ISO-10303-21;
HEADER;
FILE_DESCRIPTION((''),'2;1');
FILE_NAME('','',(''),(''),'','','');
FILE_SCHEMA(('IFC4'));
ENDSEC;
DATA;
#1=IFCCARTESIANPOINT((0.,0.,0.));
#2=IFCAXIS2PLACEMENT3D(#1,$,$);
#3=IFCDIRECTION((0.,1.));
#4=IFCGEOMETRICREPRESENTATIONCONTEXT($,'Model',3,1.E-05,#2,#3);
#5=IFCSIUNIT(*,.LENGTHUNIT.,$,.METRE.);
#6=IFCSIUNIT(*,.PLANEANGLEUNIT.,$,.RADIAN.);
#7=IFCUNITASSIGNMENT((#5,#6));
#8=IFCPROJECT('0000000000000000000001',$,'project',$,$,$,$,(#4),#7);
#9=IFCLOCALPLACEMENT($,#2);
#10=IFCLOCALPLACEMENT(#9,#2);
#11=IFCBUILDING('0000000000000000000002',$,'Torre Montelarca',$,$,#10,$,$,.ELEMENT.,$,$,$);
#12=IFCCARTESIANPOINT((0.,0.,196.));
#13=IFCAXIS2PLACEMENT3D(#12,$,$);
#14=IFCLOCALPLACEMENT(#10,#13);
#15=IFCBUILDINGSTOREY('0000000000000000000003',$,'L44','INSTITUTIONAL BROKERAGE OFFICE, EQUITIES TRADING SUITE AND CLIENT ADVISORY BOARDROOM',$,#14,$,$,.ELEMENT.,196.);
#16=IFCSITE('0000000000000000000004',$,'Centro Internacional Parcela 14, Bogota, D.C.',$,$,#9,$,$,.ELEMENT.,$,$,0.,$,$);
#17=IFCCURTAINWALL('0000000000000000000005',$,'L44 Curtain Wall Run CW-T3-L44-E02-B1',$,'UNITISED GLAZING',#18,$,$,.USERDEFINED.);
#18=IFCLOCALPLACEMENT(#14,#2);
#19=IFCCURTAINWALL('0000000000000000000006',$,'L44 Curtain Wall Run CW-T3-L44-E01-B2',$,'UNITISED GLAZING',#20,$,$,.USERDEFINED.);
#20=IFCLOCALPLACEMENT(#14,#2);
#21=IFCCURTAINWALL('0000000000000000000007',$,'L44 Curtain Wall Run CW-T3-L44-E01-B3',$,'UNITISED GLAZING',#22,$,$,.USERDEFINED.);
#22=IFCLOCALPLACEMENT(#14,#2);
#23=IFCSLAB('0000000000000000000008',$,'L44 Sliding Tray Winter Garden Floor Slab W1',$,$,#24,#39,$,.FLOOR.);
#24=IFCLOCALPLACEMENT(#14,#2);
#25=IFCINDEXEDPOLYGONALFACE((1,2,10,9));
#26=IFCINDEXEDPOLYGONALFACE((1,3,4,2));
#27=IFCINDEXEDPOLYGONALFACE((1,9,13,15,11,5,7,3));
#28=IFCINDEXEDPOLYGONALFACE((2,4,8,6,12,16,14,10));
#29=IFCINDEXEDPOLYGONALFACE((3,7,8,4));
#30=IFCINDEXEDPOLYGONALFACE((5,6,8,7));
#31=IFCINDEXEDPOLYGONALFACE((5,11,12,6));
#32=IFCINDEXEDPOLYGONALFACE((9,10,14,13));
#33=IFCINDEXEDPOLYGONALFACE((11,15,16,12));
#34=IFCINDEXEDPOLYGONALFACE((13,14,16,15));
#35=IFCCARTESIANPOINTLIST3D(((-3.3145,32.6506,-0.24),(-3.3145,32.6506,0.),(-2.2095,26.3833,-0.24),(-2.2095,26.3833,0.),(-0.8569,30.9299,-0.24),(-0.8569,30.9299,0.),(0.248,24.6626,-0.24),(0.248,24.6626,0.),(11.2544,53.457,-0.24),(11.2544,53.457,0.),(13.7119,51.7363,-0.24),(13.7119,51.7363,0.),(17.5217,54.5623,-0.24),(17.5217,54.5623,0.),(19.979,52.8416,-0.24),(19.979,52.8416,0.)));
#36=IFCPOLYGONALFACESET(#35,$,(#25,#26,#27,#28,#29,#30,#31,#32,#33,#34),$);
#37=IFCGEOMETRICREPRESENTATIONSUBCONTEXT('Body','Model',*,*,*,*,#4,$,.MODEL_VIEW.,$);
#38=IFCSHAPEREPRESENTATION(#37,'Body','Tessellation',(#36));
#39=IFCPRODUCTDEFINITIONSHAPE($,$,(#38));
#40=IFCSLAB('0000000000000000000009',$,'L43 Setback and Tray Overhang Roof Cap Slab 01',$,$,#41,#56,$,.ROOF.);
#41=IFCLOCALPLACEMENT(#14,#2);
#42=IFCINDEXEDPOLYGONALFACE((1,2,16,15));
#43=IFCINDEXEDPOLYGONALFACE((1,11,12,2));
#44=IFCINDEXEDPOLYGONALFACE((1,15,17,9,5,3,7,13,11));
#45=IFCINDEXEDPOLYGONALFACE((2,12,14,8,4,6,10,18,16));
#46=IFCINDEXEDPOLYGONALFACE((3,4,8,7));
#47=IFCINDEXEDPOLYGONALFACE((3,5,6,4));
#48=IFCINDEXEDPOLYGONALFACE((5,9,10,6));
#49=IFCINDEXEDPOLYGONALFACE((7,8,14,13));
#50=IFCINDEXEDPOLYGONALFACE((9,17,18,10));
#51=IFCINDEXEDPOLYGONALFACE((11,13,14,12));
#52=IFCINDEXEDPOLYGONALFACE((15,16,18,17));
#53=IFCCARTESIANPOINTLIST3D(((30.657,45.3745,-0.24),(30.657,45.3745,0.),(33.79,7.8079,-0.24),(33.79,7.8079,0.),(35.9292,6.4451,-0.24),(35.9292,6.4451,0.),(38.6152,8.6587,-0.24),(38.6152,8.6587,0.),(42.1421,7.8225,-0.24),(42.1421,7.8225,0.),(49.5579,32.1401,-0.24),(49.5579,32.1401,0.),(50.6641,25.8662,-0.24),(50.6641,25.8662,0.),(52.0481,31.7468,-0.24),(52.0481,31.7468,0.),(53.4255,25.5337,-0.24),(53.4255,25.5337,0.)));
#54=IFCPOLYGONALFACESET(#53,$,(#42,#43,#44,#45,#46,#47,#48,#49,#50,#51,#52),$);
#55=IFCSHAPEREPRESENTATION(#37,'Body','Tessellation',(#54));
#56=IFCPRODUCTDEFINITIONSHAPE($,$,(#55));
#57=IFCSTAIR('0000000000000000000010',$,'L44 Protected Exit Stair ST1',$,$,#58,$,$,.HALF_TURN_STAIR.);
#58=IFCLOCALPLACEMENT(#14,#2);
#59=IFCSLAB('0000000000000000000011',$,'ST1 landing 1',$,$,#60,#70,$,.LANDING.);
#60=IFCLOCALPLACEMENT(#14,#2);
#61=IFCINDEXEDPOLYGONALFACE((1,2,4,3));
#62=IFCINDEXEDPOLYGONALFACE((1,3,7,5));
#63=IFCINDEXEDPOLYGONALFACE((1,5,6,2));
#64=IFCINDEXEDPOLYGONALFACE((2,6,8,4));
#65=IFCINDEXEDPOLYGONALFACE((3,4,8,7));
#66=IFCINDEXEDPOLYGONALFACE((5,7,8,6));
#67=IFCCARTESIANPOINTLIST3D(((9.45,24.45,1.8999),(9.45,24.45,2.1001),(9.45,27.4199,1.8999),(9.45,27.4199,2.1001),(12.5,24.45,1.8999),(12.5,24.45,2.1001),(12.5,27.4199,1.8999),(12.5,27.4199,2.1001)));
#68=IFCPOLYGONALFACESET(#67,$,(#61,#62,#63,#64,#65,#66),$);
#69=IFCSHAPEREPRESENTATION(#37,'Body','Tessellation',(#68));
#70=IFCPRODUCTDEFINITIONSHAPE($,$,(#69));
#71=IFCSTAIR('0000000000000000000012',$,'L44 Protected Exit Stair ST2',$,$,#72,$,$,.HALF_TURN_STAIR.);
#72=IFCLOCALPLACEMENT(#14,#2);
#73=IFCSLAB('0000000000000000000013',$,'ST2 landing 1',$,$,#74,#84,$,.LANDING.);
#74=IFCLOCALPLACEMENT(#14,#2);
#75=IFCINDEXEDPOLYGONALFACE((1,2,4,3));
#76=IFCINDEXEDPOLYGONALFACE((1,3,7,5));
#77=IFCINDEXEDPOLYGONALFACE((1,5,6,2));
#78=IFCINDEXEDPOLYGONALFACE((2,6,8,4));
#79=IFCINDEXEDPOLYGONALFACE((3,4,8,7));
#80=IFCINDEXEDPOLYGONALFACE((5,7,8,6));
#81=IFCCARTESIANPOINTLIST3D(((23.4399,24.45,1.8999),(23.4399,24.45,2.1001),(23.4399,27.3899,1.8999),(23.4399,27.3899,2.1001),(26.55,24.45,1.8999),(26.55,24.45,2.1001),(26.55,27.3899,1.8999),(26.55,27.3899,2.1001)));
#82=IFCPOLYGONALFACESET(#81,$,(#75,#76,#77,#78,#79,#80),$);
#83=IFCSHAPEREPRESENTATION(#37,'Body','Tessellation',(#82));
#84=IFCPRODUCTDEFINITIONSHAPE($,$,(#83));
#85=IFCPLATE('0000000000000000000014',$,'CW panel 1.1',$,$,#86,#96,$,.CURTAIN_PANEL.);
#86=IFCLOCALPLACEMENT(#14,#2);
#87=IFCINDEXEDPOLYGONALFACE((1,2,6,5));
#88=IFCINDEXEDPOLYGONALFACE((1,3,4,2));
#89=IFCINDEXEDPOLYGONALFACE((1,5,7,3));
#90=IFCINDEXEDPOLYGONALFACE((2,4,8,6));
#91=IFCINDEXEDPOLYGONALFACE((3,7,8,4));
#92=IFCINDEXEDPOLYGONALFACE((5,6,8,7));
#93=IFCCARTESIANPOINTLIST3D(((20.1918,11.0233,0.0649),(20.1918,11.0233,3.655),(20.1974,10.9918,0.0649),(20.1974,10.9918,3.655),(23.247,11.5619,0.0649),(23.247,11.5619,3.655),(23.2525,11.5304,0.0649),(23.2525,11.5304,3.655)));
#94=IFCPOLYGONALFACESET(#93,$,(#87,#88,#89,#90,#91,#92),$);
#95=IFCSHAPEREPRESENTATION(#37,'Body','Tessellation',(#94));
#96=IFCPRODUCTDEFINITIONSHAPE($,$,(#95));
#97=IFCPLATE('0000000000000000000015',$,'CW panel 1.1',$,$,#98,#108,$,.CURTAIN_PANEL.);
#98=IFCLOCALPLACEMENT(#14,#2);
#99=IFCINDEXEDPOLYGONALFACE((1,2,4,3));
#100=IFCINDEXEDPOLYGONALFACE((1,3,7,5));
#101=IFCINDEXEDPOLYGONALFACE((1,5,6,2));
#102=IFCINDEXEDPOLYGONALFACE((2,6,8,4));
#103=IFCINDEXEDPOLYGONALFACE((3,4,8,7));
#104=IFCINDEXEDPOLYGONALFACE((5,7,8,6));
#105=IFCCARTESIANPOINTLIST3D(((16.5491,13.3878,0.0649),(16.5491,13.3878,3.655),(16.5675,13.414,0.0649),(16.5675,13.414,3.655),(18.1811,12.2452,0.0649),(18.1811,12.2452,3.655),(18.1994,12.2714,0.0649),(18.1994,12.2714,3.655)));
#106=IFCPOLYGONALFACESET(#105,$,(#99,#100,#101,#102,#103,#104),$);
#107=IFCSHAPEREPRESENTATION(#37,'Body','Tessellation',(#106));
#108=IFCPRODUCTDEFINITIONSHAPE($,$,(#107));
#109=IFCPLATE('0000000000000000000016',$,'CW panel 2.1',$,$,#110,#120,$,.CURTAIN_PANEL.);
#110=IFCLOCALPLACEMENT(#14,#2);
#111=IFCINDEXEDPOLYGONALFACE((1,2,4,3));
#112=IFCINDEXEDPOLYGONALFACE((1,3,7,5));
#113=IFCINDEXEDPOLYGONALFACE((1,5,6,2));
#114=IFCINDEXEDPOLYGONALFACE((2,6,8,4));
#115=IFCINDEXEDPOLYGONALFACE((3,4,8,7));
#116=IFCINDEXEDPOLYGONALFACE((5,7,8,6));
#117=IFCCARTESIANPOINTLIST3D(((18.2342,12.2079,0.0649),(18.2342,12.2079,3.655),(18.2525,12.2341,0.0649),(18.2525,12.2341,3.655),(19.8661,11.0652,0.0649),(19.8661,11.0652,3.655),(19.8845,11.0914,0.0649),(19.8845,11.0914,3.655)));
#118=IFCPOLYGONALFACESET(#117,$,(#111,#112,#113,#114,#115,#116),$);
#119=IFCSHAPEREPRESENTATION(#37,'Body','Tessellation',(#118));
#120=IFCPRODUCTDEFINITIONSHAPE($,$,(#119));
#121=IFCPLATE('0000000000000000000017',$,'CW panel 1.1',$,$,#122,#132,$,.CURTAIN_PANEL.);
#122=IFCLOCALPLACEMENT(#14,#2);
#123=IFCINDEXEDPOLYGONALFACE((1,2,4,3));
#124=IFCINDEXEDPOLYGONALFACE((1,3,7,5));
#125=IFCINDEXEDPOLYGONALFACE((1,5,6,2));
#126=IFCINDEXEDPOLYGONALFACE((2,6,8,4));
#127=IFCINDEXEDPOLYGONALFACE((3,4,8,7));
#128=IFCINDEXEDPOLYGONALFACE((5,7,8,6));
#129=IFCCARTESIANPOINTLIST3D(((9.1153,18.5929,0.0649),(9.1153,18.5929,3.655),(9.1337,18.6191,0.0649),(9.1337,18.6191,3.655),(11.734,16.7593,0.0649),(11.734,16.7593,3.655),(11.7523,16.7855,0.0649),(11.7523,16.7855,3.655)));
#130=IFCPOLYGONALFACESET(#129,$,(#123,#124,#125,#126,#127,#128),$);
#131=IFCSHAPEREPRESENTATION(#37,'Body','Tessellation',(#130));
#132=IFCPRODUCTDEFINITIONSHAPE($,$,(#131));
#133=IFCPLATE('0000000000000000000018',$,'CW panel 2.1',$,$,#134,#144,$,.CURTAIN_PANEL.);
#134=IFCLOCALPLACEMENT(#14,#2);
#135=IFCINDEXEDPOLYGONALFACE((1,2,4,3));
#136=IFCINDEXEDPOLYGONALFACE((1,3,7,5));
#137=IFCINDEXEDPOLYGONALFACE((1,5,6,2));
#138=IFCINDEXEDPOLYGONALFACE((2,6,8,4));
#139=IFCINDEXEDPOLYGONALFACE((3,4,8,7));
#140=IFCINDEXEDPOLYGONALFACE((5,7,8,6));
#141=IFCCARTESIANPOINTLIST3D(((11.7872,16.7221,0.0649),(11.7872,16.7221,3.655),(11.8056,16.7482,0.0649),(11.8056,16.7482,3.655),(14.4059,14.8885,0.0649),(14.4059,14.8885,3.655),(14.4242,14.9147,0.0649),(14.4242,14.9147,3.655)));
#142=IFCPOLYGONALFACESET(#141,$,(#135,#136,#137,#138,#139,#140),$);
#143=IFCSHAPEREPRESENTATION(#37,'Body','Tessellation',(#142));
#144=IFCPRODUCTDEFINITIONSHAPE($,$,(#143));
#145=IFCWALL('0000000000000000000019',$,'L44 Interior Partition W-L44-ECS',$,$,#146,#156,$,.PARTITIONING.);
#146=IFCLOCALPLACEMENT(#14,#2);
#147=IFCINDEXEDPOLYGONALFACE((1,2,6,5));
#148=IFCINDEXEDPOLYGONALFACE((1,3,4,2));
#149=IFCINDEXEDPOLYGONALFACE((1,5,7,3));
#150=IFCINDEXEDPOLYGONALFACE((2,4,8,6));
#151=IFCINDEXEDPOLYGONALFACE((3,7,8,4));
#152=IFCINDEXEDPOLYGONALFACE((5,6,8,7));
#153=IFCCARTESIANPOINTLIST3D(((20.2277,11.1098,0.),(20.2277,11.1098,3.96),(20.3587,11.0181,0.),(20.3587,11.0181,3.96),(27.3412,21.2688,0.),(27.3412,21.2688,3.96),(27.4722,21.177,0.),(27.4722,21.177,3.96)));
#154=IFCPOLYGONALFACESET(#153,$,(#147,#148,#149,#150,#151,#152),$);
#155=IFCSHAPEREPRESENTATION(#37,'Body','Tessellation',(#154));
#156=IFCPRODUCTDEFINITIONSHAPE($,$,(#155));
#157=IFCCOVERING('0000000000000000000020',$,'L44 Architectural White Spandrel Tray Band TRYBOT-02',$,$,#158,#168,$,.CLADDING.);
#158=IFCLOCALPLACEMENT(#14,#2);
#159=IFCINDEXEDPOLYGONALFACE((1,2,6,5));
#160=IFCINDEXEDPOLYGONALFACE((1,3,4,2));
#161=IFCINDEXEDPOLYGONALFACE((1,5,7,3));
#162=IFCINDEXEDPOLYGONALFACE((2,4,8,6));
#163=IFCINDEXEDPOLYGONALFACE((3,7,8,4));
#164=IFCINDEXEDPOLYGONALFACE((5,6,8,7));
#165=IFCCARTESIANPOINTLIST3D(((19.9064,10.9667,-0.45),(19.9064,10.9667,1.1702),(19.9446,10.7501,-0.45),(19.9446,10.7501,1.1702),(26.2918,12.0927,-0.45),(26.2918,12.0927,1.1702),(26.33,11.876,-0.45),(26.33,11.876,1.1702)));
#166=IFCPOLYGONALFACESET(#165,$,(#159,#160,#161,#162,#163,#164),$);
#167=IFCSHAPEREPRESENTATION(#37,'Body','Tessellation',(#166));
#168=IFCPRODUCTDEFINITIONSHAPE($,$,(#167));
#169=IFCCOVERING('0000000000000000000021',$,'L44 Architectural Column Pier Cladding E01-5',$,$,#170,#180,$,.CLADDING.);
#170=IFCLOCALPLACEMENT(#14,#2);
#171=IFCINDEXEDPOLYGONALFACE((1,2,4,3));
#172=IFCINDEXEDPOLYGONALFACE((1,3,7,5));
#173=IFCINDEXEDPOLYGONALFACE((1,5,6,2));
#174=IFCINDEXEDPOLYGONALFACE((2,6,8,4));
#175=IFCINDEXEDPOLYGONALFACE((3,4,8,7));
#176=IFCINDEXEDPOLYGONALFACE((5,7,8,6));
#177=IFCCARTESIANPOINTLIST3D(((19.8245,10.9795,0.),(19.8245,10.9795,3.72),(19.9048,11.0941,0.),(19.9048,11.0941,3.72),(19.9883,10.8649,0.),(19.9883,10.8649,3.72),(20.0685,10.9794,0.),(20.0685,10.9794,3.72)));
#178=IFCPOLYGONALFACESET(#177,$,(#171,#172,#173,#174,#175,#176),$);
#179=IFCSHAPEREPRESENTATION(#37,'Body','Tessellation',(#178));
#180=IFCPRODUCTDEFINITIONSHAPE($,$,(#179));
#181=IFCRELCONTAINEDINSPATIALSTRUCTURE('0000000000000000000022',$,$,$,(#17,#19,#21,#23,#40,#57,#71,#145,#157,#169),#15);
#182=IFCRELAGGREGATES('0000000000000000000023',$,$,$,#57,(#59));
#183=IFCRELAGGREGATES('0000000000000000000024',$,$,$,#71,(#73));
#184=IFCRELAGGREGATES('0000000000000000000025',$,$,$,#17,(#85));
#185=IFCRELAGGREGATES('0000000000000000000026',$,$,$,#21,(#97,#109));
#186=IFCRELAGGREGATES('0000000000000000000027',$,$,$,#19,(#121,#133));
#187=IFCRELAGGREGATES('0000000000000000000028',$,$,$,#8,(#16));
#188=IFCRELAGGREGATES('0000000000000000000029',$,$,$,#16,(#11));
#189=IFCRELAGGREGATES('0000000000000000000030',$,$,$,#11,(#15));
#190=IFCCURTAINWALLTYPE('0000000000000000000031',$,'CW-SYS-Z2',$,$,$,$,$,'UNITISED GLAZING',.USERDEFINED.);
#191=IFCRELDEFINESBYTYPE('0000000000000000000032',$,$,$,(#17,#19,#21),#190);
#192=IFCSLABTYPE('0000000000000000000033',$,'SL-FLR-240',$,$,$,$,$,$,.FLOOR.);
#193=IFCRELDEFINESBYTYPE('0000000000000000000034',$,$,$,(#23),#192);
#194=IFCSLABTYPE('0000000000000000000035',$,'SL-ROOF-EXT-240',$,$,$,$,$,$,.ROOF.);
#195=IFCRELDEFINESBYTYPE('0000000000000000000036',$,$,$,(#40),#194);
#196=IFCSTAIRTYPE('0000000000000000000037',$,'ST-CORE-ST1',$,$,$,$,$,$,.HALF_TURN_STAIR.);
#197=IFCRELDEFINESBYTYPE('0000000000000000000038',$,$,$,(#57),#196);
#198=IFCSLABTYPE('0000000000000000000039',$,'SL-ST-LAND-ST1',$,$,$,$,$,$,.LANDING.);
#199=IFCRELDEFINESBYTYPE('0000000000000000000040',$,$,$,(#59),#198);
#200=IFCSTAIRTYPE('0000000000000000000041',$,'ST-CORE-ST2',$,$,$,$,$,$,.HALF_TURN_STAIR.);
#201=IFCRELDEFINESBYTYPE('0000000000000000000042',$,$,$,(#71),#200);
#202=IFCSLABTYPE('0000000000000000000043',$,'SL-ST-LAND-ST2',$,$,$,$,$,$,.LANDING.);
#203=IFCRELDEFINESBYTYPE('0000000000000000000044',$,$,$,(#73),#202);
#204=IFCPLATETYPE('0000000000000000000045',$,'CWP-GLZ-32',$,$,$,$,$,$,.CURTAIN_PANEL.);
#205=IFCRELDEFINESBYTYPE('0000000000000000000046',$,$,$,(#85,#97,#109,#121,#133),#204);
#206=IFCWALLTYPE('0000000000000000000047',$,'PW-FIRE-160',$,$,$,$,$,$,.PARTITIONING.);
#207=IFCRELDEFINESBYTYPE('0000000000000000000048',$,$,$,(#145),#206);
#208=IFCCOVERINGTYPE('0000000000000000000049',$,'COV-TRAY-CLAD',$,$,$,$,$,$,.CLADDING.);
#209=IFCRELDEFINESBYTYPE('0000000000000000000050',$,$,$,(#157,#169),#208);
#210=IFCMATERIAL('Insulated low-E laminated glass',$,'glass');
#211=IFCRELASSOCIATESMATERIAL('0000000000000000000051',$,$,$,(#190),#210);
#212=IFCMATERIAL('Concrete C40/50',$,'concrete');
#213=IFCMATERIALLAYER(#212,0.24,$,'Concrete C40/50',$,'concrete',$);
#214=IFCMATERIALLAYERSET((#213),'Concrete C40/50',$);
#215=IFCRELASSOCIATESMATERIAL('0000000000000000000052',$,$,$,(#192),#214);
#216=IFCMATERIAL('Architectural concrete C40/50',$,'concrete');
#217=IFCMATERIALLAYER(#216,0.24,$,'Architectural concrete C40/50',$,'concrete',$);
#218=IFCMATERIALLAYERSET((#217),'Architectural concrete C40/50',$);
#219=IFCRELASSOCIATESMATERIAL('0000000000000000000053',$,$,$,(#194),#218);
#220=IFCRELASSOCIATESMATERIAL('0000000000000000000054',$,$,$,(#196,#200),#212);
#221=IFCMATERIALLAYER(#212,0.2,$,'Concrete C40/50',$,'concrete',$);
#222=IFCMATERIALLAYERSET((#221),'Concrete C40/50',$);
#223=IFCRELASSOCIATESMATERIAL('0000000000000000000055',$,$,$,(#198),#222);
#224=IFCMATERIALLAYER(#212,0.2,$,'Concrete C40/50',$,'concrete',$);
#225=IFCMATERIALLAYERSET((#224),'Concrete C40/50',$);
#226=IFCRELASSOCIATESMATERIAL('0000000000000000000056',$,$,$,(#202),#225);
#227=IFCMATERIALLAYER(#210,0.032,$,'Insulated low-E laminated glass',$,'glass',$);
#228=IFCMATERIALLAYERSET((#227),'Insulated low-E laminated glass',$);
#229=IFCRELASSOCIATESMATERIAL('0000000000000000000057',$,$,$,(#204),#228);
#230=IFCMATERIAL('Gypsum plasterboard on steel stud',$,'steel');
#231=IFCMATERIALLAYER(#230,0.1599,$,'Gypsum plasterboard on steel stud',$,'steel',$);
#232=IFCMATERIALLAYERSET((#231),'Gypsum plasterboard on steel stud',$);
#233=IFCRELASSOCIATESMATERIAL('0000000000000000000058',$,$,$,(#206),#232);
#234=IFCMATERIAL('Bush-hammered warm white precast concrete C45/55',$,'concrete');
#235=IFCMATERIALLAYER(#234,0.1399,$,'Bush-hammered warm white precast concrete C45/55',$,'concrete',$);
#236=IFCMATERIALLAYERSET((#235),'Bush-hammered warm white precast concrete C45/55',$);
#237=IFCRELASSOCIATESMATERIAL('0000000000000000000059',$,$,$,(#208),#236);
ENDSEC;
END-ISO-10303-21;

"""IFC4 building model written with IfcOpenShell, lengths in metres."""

from ifc_helpers import new_model, si_unit, direction, frame, frame_2d, origin, origin_2d, place, context, subcontext, project, spatial, polyline, rectangle, outline, extrude, source, transform, mapped, material, layer, layer_set, type_object, element, aggregate, save


model = new_model("IFC4")

# Units and contexts
model_context = context("Model", 3, precision=1e-05, world=origin(), true_north=direction((0.0, 1.0)))
body_context = subcontext(model_context, "Body", "Model", "MODEL_VIEW")
ifc_project = project(units=[si_unit("LENGTHUNIT", "METRE"), si_unit("PLANEANGLEUNIT", "RADIAN")], contexts=[model_context])

# Site, building, storey
site_placement = place(None, origin())
site = spatial("IfcSite", under=ifc_project, at=site_placement, Name="Centro Internacional Parcela 14, Bogota, D.C.", CompositionType="ELEMENT", RefElevation=0.0)
building_placement = place(site_placement, origin())
building = spatial("IfcBuilding", under=site, at=building_placement, Name="Torre Montelarca", CompositionType="ELEMENT")
storey_placement = place(building_placement, frame((0.0, 0.0, 196.0)))
storey = spatial("IfcBuildingStorey", under=building, at=storey_placement, Name="L44", Description="INSTITUTIONAL BROKERAGE OFFICE, EQUITIES TRADING SUITE AND CLIENT ADVISORY BOARDROOM", CompositionType="ELEMENT", Elevation=196.0)

# Curtain walls
ifc_material_1 = material(Name="Insulated low-E laminated glass", Category="glass")
curtain_wall_type = type_object("IfcCurtainWallType", Name="CW-SYS-Z2", ElementType="UNITISED GLAZING", PredefinedType="USERDEFINED", material=ifc_material_1)
curtain_wall_1_placement = place(storey_placement, origin())
curtain_wall_1 = element("IfcCurtainWall", 1, at=curtain_wall_1_placement, inside=storey, type_object=curtain_wall_type, Name="L44 Curtain Wall Run CW-T3-L44-E02-B1", ObjectType="UNITISED GLAZING", PredefinedType="USERDEFINED")
curtain_wall_2_placement = place(storey_placement, origin())
curtain_wall_2 = element("IfcCurtainWall", 2, at=curtain_wall_2_placement, inside=storey, type_object=curtain_wall_type, Name="L44 Curtain Wall Run CW-T3-L44-E01-B2", ObjectType="UNITISED GLAZING", PredefinedType="USERDEFINED")
curtain_wall_3_placement = place(storey_placement, origin())
curtain_wall_3 = element("IfcCurtainWall", 3, at=curtain_wall_3_placement, inside=storey, type_object=curtain_wall_type, Name="L44 Curtain Wall Run CW-T3-L44-E01-B3", ObjectType="UNITISED GLAZING", PredefinedType="USERDEFINED")

# Slabs
ifc_material_2 = material(Name="Concrete C40/50", Category="concrete")
ifc_layer_1 = layer(ifc_material_2, 0.24, Name="Concrete C40/50", Category="concrete")
ifc_layer_set_1 = layer_set([ifc_layer_1], Name="Concrete C40/50")
slab_type_1 = type_object("IfcSlabType", Name="SL-FLR-240", PredefinedType="FLOOR", material=ifc_layer_set_1)
slab_1_placement = place(storey_placement, frame((0.0, 0.0, -0.24)))
element("IfcSlab", 4, at=slab_1_placement, inside=storey, type_object=slab_type_1, Name="L44 Sliding Tray Winter Garden Floor Slab W1", PredefinedType="FLOOR", context=body_context, shape_type="SweptSolid", body=[
    extrude(outline(polyline([(0.248, 24.6626), (-0.8569, 30.9299), (13.7119, 51.7363), (19.979, 52.8416), (17.5217, 54.5623), (11.2544, 53.457), (-3.3145, 32.6506), (-2.2095, 26.3833), (0.248, 24.6626)])), origin(), (0.0, 0.0, 1.0), 0.24),
])
ifc_material_3 = material(Name="Architectural concrete C40/50", Category="concrete")
ifc_layer_2 = layer(ifc_material_3, 0.24, Name="Architectural concrete C40/50", Category="concrete")
ifc_layer_set_2 = layer_set([ifc_layer_2], Name="Architectural concrete C40/50")
slab_type_2 = type_object("IfcSlabType", Name="SL-ROOF-EXT-240", PredefinedType="ROOF", material=ifc_layer_set_2)
slab_2_placement = place(storey_placement, frame((0.0, 0.0, -0.24)))
element("IfcSlab", 5, at=slab_2_placement, inside=storey, type_object=slab_type_2, Name="L43 Setback and Tray Overhang Roof Cap Slab 01", PredefinedType="ROOF", context=body_context, shape_type="SweptSolid", body=[
    extrude(outline(polyline([(49.5579, 32.1401), (50.6641, 25.8662), (38.6152, 8.6587), (33.79, 7.8079), (35.9292, 6.4451), (42.1421, 7.8225), (53.4255, 25.5337), (52.0481, 31.7468), (30.657, 45.3745), (49.5579, 32.1401)])), origin(), (0.0, 0.0, 1.0), 0.24),
])

# Stairs, slabs
stair_type_1 = type_object("IfcStairType", Name="ST-CORE-ST1", PredefinedType="HALF_TURN_STAIR", material=ifc_material_2)
stair_1_placement = place(storey_placement, origin())
stair_1 = element("IfcStair", 6, at=stair_1_placement, inside=storey, type_object=stair_type_1, Name="L44 Protected Exit Stair ST1", PredefinedType="HALF_TURN_STAIR")
ifc_layer_3 = layer(ifc_material_2, 0.2, Name="Concrete C40/50", Category="concrete")
ifc_layer_set_3 = layer_set([ifc_layer_3], Name="Concrete C40/50")
slab_type_3 = type_object("IfcSlabType", Name="SL-ST-LAND-ST1", PredefinedType="LANDING", material=ifc_layer_set_3)
slab_3_placement = place(storey_placement, frame((0.0, 0.0, 1.8999)))
slab_3 = element("IfcSlab", 7, at=slab_3_placement, type_object=slab_type_3, Name="ST1 landing 1", PredefinedType="LANDING", context=body_context, shape_type="SweptSolid", body=[
    extrude(outline(polyline([(9.45, 27.4199), (9.45, 24.45), (12.5, 24.45), (12.5, 27.4199), (9.45, 27.4199)])), origin(), (0.0, 0.0, 1.0), 0.2002),
])
aggregate(stair_1, [slab_3])
stair_type_2 = type_object("IfcStairType", Name="ST-CORE-ST2", PredefinedType="HALF_TURN_STAIR", material=ifc_material_2)
stair_2_placement = place(storey_placement, origin())
stair_2 = element("IfcStair", 8, at=stair_2_placement, inside=storey, type_object=stair_type_2, Name="L44 Protected Exit Stair ST2", PredefinedType="HALF_TURN_STAIR")
ifc_layer_4 = layer(ifc_material_2, 0.2, Name="Concrete C40/50", Category="concrete")
ifc_layer_set_4 = layer_set([ifc_layer_4], Name="Concrete C40/50")
slab_type_4 = type_object("IfcSlabType", Name="SL-ST-LAND-ST2", PredefinedType="LANDING", material=ifc_layer_set_4)
slab_4_placement = place(storey_placement, frame((0.0, 0.0, 1.8999)))
slab_4 = element("IfcSlab", 9, at=slab_4_placement, type_object=slab_type_4, Name="ST2 landing 1", PredefinedType="LANDING", context=body_context, shape_type="SweptSolid", body=[
    extrude(outline(polyline([(23.4399, 27.3899), (23.4399, 24.45), (26.55, 24.45), (26.55, 27.3899), (23.4399, 27.3899)])), origin(), (0.0, 0.0, 1.0), 0.2002),
])
aggregate(stair_2, [slab_4])

# Plates
ifc_layer_5 = layer(ifc_material_1, 0.032, Name="Insulated low-E laminated glass", Category="glass")
ifc_layer_set_5 = layer_set([ifc_layer_5], Name="Insulated low-E laminated glass")
plate_type = type_object("IfcPlateType", Name="CWP-GLZ-32", PredefinedType="CURTAIN_PANEL", material=ifc_layer_set_5)
shared_shape_1 = source(origin(), body_context, "Body", "SweptSolid", [
    extrude(rectangle(XDim=3.1023, YDim=0.032, at=origin_2d()), origin(), (0.0, 0.0, 1.0), 3.5901),
])
plate_1_placement = place(storey_placement, frame((21.7222, 11.2769, 0.0649), z_axis=(0.0, 0.0, 1.0), x_axis=(0.98481, 0.173636, 0.0)))
plate_1 = element("IfcPlate", 10, at=plate_1_placement, type_object=plate_type, Name="CW panel 1.1", PredefinedType="CURTAIN_PANEL", context=body_context, shape_type="MappedRepresentation", body=[
    mapped(shared_shape_1, transform((0.0, 0.0, 0.0), scale=1.0)),
])
aggregate(curtain_wall_1, [plate_1])
shared_shape_2 = source(origin(), body_context, "Body", "SweptSolid", [
    extrude(rectangle(XDim=1.9922, YDim=0.032, at=origin_2d()), origin(), (0.0, 0.0, 1.0), 3.5901),
])
plate_2_placement = place(storey_placement, frame((17.3743, 12.8296, 0.0649), z_axis=(0.0, 0.0, 1.0), x_axis=(0.819159, -0.573567, 0.0)))
plate_2 = element("IfcPlate", 11, at=plate_2_placement, type_object=plate_type, Name="CW panel 1.1", PredefinedType="CURTAIN_PANEL", context=body_context, shape_type="MappedRepresentation", body=[
    mapped(shared_shape_2, transform((0.0, 0.0, 0.0), scale=1.0)),
])
plate_3_placement = place(storey_placement, frame((19.0593, 11.6497, 0.0649), z_axis=(0.0, 0.0, 1.0), x_axis=(0.819159, -0.573567, 0.0)))
plate_3 = element("IfcPlate", 12, at=plate_3_placement, type_object=plate_type, Name="CW panel 2.1", PredefinedType="CURTAIN_PANEL", context=body_context, shape_type="MappedRepresentation", body=[
    mapped(shared_shape_2, transform((0.0, 0.0, 0.0), scale=1.0)),
])
aggregate(curtain_wall_3, [plate_2, plate_3])
shared_shape_3 = source(origin(), body_context, "Body", "SweptSolid", [
    extrude(rectangle(XDim=3.1968, YDim=0.032, at=origin_2d()), origin(), (0.0, 0.0, 1.0), 3.5901),
])
plate_4_placement = place(storey_placement, frame((10.4338, 17.6892, 0.0649), z_axis=(0.0, 0.0, 1.0), x_axis=(0.819156, -0.573571, 0.0)))
plate_4 = element("IfcPlate", 13, at=plate_4_placement, type_object=plate_type, Name="CW panel 1.1", PredefinedType="CURTAIN_PANEL", context=body_context, shape_type="MappedRepresentation", body=[
    mapped(shared_shape_3, transform((0.0, 0.0, 0.0), scale=1.0)),
])
plate_5_placement = place(storey_placement, frame((13.1057, 15.8184, 0.0649), z_axis=(0.0, 0.0, 1.0), x_axis=(0.819156, -0.573571, 0.0)))
plate_5 = element("IfcPlate", 14, at=plate_5_placement, type_object=plate_type, Name="CW panel 2.1", PredefinedType="CURTAIN_PANEL", context=body_context, shape_type="MappedRepresentation", body=[
    mapped(shared_shape_3, transform((0.0, 0.0, 0.0), scale=1.0)),
])
aggregate(curtain_wall_2, [plate_4, plate_5])

# Wall
ifc_material_4 = material(Name="Gypsum plasterboard on steel stud", Category="steel")
ifc_layer_6 = layer(ifc_material_4, 0.1599, Name="Gypsum plasterboard on steel stud", Category="steel")
ifc_layer_set_6 = layer_set([ifc_layer_6], Name="Gypsum plasterboard on steel stud")
wall_type = type_object("IfcWallType", Name="PW-FIRE-160", PredefinedType="PARTITIONING", material=ifc_layer_set_6)
wall_placement = place(storey_placement, frame((20.2932, 11.064, 0.0), z_axis=(0.0, 0.0, 1.0), x_axis=(0.573585, 0.819146, 0.0)))
element("IfcWall", 15, at=wall_placement, inside=storey, type_object=wall_type, Name="L44 Interior Partition W-L44-ECS", PredefinedType="PARTITIONING", context=body_context, shape_type="SweptSolid", body=[
    extrude(rectangle(XDim=12.4019, YDim=0.1599, at=frame_2d((6.2009, 0.0))), origin(), (0.0, 0.0, 1.0), 3.96),
])

# Coverings
ifc_material_5 = material(Name="Bush-hammered warm white precast concrete C45/55", Category="concrete")
ifc_layer_7 = layer(ifc_material_5, 0.1399, Name="Bush-hammered warm white precast concrete C45/55", Category="concrete")
ifc_layer_set_7 = layer_set([ifc_layer_7], Name="Bush-hammered warm white precast concrete C45/55")
covering_type = type_object("IfcCoveringType", Name="COV-TRAY-CLAD", PredefinedType="CLADDING", material=ifc_layer_set_7)
shared_shape_4 = source(origin(), body_context, "Body", "SweptSolid", [
    extrude(rectangle(XDim=6.4839, YDim=0.22, at=origin_2d()), origin(), (0.0, 0.0, 1.0), 1.6201),
])
covering_1_placement = place(storey_placement, frame((23.1182, 11.4214, -0.45), z_axis=(0.0, 0.0, 1.0), x_axis=(0.984807, 0.173652, 0.0)))
element("IfcCovering", 16, at=covering_1_placement, inside=storey, type_object=covering_type, Name="L44 Architectural White Spandrel Tray Band TRYBOT-02", PredefinedType="CLADDING", context=body_context, shape_type="MappedRepresentation", body=[
    mapped(shared_shape_4, transform((0.0, 0.0, 0.0), scale=1.0)),
])
shared_shape_5 = source(origin(), body_context, "Body", "SweptSolid", [
    extrude(rectangle(XDim=0.2, YDim=0.1399, at=origin_2d()), origin(), (0.0, 0.0, 1.0), 3.72),
])
for number, where, z_axis, x_axis, name in (
    (17, (19.9465, 10.9795, 0.0), (0.0, 0.0, 1.0), (0.819154, -0.573574, 0.0), "L44 Architectural Column Pier Cladding E01-5"),
):
    element("IfcCovering", number, at=place(storey_placement, frame(where, z_axis=z_axis, x_axis=x_axis)), inside=storey, type_object=covering_type, Name=name, PredefinedType="CLADDING", context=body_context, shape_type="MappedRepresentation", body=[
        mapped(shared_shape_5, transform((0.0, 0.0, 0.0), scale=1.0)),
    ])

save(model, "model.ifc")
